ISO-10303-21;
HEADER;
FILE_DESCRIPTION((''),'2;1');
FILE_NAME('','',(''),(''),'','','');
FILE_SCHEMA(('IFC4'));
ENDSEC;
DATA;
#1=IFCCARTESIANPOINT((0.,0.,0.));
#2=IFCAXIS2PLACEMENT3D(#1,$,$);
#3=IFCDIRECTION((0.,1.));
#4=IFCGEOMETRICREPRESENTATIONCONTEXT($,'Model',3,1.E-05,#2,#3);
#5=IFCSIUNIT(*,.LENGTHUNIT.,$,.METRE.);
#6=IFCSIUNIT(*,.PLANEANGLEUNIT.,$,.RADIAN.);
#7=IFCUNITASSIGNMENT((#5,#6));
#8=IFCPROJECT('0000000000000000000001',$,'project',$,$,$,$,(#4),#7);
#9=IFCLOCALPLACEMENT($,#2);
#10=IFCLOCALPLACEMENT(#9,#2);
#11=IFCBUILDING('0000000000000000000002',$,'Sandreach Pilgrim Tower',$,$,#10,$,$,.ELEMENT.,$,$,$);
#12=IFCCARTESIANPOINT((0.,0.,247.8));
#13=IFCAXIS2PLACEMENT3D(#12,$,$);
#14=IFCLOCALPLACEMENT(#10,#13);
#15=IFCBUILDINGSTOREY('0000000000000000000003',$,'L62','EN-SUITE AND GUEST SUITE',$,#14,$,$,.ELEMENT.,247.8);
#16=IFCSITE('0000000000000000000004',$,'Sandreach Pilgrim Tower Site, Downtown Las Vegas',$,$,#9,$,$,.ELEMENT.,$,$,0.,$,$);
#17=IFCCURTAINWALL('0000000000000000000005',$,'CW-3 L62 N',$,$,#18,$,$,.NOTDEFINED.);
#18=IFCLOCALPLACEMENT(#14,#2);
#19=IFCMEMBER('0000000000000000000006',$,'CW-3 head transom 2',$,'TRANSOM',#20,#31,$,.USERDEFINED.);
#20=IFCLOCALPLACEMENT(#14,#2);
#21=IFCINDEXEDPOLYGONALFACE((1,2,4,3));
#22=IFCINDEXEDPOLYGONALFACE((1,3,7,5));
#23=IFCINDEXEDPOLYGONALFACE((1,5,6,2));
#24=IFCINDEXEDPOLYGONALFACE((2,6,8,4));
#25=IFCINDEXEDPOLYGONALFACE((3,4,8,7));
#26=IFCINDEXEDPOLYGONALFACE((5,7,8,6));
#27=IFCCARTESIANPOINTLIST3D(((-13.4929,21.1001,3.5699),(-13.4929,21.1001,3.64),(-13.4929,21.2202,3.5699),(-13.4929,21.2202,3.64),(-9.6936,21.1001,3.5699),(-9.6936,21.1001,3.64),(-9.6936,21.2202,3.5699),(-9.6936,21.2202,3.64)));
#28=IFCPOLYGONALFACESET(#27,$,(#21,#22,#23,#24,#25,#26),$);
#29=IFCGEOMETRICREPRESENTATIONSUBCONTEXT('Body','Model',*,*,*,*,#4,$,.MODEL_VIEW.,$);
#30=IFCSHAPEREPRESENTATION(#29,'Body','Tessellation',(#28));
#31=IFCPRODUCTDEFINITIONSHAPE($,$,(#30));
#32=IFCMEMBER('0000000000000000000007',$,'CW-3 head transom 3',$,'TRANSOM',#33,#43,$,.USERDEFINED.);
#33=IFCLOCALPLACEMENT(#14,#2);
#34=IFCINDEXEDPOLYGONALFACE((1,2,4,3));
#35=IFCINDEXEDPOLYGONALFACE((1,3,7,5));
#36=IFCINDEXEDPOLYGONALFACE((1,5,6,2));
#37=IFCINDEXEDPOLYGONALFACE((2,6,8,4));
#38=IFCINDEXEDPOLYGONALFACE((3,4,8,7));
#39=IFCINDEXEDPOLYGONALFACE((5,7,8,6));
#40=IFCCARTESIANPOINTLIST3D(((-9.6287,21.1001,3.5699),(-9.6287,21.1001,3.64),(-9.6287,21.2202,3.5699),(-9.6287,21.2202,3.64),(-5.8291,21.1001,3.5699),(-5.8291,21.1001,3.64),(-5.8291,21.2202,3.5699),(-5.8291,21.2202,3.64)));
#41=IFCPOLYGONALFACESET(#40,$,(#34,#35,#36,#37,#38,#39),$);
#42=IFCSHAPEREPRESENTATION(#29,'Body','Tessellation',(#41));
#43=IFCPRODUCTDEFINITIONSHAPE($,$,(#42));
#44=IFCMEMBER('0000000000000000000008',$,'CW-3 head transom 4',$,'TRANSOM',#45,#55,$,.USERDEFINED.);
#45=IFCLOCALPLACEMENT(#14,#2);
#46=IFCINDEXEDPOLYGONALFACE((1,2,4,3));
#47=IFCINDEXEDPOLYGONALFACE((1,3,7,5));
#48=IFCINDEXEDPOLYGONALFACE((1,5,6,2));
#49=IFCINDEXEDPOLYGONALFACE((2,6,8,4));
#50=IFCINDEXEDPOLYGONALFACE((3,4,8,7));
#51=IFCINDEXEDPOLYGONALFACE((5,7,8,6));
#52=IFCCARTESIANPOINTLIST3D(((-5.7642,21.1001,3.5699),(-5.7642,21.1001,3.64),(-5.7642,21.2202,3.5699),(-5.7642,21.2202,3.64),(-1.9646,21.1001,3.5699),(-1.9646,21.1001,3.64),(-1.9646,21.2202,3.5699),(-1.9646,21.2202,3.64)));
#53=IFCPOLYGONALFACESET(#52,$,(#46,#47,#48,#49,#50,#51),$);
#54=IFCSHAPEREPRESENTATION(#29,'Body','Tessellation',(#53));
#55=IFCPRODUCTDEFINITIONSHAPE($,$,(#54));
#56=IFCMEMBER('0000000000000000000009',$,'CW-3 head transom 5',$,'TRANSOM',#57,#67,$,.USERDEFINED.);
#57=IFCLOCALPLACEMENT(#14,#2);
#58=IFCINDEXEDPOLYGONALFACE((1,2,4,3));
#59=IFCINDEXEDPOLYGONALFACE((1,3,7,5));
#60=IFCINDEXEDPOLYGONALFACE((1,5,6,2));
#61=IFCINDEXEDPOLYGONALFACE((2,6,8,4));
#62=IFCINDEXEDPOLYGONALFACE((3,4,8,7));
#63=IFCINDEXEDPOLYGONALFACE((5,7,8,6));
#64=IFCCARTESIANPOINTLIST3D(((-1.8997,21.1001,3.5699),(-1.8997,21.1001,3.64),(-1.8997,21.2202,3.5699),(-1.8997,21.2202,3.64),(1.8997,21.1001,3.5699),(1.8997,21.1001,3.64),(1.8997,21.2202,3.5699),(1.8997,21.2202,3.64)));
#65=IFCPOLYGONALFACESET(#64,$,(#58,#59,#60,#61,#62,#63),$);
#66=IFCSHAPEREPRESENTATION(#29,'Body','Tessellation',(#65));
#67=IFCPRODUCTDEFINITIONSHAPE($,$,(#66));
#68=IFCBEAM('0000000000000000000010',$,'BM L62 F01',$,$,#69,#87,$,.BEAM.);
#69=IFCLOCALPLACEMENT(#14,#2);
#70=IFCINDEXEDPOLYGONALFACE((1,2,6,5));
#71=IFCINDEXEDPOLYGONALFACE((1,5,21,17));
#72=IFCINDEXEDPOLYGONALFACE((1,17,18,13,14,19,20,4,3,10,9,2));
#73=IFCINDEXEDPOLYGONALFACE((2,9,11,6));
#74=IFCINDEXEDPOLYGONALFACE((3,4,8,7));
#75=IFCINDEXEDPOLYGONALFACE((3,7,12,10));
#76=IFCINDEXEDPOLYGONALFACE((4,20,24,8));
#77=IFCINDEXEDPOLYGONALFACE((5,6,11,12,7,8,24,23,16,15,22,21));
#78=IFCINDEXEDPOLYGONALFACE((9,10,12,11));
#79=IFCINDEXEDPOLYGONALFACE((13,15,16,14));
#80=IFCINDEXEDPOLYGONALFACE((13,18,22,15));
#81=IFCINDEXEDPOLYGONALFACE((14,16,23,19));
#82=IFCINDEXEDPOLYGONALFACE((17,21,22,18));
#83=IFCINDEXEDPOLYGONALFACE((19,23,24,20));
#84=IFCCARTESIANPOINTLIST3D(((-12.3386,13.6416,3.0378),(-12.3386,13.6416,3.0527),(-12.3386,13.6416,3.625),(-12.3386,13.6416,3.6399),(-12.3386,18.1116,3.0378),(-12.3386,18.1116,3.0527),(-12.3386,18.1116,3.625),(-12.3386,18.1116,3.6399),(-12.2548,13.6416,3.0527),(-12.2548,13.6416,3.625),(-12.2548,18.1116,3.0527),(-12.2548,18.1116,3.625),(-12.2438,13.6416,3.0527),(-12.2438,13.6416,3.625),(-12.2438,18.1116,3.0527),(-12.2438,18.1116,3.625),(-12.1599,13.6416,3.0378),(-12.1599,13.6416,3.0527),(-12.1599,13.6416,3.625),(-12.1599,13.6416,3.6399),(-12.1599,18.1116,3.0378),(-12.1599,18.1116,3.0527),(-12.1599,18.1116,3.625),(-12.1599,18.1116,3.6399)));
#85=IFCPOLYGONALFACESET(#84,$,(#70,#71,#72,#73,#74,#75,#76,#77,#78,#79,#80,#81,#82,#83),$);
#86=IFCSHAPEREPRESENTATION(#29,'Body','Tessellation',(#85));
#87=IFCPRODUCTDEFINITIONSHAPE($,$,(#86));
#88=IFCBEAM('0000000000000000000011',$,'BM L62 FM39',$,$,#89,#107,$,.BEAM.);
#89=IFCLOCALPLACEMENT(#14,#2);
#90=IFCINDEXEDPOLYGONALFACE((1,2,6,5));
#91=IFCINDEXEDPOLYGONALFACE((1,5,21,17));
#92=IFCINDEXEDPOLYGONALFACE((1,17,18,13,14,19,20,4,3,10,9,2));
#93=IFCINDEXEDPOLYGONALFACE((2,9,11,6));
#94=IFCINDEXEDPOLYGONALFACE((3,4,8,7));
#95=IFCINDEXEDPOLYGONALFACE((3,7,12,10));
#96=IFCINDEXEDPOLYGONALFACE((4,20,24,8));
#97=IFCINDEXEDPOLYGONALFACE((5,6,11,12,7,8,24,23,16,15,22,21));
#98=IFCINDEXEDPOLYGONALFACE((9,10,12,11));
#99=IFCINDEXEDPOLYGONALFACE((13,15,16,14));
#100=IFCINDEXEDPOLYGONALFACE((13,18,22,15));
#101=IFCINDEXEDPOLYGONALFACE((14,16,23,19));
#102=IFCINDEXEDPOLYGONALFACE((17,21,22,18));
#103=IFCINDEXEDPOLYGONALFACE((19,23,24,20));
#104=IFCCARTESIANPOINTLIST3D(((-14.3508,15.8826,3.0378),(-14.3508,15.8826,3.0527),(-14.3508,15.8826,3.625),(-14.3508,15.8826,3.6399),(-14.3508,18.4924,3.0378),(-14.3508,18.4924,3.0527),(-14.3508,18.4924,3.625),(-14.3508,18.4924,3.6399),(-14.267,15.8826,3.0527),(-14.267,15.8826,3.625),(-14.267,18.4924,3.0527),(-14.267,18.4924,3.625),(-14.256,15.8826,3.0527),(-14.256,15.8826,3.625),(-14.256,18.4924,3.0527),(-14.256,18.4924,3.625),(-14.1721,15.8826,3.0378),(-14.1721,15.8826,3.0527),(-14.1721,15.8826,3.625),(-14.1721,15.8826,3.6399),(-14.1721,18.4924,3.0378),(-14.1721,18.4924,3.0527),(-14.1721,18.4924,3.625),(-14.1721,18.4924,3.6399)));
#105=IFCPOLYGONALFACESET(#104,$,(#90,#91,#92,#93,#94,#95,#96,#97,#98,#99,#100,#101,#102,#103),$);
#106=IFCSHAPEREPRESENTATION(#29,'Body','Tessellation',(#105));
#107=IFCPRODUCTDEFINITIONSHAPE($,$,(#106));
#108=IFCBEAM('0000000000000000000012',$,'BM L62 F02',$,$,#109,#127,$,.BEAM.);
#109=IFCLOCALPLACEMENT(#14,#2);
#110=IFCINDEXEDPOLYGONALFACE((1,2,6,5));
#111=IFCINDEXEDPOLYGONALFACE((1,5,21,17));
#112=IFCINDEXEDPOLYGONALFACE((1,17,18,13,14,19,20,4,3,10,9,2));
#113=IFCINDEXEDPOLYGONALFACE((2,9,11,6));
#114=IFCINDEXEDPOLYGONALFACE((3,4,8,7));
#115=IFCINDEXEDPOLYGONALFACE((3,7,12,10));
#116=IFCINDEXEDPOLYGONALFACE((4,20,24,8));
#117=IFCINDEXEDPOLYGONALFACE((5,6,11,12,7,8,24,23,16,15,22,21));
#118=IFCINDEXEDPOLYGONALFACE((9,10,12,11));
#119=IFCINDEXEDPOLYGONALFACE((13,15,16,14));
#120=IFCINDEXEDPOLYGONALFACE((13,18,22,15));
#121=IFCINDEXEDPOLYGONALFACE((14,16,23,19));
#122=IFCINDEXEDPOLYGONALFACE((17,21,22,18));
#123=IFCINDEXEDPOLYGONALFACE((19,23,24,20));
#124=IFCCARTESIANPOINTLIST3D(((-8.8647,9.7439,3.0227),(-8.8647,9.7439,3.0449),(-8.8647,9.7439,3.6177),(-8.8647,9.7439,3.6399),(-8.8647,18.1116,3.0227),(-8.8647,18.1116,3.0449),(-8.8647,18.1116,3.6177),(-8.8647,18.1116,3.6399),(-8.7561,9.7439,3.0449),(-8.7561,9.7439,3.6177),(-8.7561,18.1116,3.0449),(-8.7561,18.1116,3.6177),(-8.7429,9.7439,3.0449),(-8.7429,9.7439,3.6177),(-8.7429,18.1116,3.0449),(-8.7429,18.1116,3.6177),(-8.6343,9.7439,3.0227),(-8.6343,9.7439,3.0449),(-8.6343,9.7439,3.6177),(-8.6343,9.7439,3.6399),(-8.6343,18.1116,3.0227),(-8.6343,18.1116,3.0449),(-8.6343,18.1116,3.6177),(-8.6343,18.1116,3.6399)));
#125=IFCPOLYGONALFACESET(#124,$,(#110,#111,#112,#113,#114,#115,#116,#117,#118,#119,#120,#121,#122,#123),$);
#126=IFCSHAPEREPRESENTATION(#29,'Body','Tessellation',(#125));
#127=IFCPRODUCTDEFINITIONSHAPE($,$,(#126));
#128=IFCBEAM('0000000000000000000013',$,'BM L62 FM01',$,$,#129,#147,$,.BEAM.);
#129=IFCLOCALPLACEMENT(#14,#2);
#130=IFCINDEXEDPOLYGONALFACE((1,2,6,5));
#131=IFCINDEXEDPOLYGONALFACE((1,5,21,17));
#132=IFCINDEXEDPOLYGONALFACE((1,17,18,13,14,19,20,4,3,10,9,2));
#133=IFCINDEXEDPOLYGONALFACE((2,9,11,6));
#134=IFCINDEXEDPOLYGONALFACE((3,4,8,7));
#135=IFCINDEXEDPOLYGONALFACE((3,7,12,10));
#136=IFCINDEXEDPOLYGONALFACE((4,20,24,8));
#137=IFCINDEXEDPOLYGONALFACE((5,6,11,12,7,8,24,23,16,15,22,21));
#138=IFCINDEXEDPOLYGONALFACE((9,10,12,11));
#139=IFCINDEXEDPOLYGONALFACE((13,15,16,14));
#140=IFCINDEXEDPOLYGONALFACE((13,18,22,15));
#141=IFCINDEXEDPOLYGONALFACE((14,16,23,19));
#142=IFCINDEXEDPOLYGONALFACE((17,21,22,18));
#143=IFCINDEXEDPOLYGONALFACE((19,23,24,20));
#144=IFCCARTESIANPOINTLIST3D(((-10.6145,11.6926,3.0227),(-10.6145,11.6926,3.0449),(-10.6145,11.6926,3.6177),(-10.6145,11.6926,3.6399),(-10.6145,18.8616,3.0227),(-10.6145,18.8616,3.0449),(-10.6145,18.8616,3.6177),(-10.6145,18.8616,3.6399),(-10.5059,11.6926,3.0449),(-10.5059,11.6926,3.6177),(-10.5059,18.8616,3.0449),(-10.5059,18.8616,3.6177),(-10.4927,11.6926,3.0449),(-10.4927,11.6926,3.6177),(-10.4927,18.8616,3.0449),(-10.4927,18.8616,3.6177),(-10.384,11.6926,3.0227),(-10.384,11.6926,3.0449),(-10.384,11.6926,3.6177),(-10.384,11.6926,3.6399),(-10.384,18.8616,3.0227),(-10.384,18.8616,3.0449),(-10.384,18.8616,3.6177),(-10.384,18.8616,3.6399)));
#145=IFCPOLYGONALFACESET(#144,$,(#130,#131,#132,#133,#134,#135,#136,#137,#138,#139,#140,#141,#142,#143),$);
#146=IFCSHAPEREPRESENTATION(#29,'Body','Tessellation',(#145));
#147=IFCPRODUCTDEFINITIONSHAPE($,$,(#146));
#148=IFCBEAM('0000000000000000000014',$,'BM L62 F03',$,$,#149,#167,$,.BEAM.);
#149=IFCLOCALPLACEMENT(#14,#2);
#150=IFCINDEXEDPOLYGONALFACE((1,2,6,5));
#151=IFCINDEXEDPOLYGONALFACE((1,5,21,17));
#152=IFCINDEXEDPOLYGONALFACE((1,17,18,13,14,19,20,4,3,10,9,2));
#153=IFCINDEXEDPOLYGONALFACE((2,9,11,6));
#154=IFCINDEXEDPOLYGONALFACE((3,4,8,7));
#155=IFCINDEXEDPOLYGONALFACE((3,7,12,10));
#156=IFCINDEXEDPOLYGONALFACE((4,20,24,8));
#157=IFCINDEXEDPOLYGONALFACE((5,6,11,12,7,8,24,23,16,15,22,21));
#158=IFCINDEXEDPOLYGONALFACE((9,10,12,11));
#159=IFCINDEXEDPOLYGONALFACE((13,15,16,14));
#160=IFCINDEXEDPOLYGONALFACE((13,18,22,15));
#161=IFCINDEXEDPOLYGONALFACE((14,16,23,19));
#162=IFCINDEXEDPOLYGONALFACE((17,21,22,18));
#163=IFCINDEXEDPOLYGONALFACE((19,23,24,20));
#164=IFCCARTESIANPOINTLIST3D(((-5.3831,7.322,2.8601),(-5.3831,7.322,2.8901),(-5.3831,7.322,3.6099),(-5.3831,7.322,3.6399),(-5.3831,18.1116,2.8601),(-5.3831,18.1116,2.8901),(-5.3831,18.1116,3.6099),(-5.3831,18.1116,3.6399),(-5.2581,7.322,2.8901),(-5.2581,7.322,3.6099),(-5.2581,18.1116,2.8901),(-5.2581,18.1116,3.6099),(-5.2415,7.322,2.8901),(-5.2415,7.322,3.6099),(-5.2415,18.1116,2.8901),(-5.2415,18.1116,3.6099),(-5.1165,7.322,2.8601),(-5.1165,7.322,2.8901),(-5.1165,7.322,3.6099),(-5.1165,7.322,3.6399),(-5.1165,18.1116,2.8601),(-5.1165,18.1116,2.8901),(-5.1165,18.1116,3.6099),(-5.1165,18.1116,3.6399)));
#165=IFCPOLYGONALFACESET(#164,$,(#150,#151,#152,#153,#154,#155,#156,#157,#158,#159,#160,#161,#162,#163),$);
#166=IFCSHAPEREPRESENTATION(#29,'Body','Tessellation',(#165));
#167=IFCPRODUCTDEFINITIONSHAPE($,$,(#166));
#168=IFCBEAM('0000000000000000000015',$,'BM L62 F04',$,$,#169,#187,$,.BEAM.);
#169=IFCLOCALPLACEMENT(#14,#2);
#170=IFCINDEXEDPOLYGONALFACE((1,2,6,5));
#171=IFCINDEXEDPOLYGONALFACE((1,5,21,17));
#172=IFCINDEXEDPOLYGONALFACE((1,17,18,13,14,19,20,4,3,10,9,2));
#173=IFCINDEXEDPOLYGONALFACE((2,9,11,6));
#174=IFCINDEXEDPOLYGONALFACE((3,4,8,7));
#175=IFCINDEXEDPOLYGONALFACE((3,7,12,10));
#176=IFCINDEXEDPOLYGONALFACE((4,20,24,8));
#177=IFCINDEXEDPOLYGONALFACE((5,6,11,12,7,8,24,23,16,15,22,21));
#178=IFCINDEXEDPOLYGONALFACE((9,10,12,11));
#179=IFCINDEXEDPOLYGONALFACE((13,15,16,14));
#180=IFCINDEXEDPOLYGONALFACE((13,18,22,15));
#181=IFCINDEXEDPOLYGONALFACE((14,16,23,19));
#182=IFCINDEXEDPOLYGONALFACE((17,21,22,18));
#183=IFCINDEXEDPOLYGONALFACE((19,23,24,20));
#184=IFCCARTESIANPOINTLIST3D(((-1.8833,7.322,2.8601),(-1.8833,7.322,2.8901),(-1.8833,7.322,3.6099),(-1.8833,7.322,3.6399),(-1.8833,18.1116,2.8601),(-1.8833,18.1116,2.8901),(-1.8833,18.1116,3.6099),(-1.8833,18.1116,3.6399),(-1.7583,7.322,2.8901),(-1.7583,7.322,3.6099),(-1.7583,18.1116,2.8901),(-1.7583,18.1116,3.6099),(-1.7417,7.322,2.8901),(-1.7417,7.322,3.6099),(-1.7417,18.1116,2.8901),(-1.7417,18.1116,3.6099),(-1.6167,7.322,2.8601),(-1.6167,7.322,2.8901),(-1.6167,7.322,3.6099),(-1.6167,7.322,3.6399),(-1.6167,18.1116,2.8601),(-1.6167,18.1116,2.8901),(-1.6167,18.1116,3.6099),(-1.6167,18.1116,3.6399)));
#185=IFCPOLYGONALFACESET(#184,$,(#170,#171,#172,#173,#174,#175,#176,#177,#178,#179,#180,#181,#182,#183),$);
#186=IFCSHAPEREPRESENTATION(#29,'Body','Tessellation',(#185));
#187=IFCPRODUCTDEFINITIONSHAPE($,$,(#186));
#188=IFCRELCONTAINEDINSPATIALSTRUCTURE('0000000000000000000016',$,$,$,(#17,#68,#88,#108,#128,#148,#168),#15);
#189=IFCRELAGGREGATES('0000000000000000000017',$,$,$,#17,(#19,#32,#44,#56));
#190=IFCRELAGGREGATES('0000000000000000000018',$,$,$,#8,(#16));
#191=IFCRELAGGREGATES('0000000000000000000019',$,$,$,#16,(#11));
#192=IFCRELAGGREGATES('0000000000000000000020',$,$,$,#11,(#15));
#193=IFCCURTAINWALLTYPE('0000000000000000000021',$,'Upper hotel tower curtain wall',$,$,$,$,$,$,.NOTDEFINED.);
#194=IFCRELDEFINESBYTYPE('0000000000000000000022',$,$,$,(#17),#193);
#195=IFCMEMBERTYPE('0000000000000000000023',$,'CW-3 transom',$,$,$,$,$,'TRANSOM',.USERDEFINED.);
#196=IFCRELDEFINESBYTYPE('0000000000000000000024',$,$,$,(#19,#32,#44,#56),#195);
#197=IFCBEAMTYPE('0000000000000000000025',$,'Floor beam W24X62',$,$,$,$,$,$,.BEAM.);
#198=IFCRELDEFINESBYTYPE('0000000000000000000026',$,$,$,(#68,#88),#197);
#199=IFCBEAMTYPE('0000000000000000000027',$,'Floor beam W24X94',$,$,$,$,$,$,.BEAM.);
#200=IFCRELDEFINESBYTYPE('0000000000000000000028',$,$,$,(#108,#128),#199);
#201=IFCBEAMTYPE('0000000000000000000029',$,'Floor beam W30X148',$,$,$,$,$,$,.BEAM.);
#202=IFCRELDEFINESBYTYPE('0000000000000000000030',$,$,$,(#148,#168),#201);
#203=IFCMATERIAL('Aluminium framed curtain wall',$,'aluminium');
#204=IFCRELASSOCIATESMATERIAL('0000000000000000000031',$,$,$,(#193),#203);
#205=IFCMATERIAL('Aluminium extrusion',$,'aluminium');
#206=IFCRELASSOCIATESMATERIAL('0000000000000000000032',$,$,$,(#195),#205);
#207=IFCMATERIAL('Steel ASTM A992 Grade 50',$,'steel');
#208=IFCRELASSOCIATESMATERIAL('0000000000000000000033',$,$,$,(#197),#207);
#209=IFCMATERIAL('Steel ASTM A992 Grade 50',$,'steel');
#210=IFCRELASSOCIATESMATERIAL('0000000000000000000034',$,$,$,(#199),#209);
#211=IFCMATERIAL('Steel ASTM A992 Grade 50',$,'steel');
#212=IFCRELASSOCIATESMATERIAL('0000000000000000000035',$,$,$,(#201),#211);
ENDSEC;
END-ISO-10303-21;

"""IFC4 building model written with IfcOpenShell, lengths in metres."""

from ifc_helpers import new_model, si_unit, direction, frame, origin, origin_2d, place, context, subcontext, project, spatial, rectangle, i_section, extrude, material, material_profile, profile_set, type_object, element, aggregate, save


model = new_model("IFC4")

# Units and contexts
model_context = context("Model", 3, precision=1e-05, world=origin(), true_north=direction((0.0, 1.0)))
body_context = subcontext(model_context, "Body", "Model", "MODEL_VIEW")
ifc_project = project(units=[si_unit("LENGTHUNIT", "METRE"), si_unit("PLANEANGLEUNIT", "RADIAN")], contexts=[model_context])

# Site, building, storey
site_placement = place(None, origin())
site = spatial("IfcSite", under=ifc_project, at=site_placement, Name="Sandreach Pilgrim Tower Site, Downtown Las Vegas", CompositionType="ELEMENT", RefElevation=0.0)
building_placement = place(site_placement, origin())
building = spatial("IfcBuilding", under=site, at=building_placement, Name="Sandreach Pilgrim Tower", CompositionType="ELEMENT")
storey_placement = place(building_placement, frame((0.0, 0.0, 247.8)))
storey = spatial("IfcBuildingStorey", under=building, at=storey_placement, Name="L62", Description="EN-SUITE AND GUEST SUITE", CompositionType="ELEMENT", Elevation=247.8)

# Curtain wall, members
ifc_material_1 = material(Name="Aluminium framed curtain wall", Category="aluminium")
curtain_wall_type = type_object("IfcCurtainWallType", Name="Upper hotel tower curtain wall", PredefinedType="NOTDEFINED", material=ifc_material_1)
curtain_wall_placement = place(storey_placement, origin())
curtain_wall = element("IfcCurtainWall", 1, at=curtain_wall_placement, inside=storey, type_object=curtain_wall_type, Name="CW-3 L62 N", PredefinedType="NOTDEFINED")
ifc_material_2 = material(Name="Aluminium extrusion", Category="aluminium")
ifc_material_profile_1 = material_profile(ifc_material_2, rectangle(XDim=0.1201, YDim=0.0701, at=origin_2d()), Name="CW-3T 120X70")
ifc_profile_set_1 = profile_set([ifc_material_profile_1], Name="Aluminium extrusion")
member_type_1 = type_object("IfcMemberType", Name="CW-3 transom", ElementType="TRANSOM", PredefinedType="USERDEFINED", material=ifc_profile_set_1)
member_1_placement = place(storey_placement, frame((-13.4929, 21.1602, 3.605), z_axis=(1.0, 0.0, 0.0), x_axis=(0.0, 1.0, 0.0)))
member_1 = element("IfcMember", 2, at=member_1_placement, type_object=member_type_1, Name="CW-3 head transom 2", ObjectType="TRANSOM", PredefinedType="USERDEFINED", context=body_context, shape_type="SweptSolid", body=[
    extrude(rectangle(XDim=0.1201, YDim=0.0701, at=origin_2d()), origin(), (0.0, 0.0, 1.0), 3.7993),
])
member_2_placement = place(storey_placement, frame((-9.6287, 21.1602, 3.605), z_axis=(1.0, 0.0, 0.0), x_axis=(0.0, 1.0, 0.0)))
member_2 = element("IfcMember", 3, at=member_2_placement, type_object=member_type_1, Name="CW-3 head transom 3", ObjectType="TRANSOM", PredefinedType="USERDEFINED", context=body_context, shape_type="SweptSolid", body=[
    extrude(rectangle(XDim=0.1201, YDim=0.0701, at=origin_2d()), origin(), (0.0, 0.0, 1.0), 3.7996),
])
member_3_placement = place(storey_placement, frame((-5.7642, 21.1602, 3.605), z_axis=(1.0, 0.0, 0.0), x_axis=(0.0, 1.0, 0.0)))
member_3 = element("IfcMember", 4, at=member_3_placement, type_object=member_type_1, Name="CW-3 head transom 4", ObjectType="TRANSOM", PredefinedType="USERDEFINED", context=body_context, shape_type="SweptSolid", body=[
    extrude(rectangle(XDim=0.1201, YDim=0.0701, at=origin_2d()), origin(), (0.0, 0.0, 1.0), 3.7996),
])
member_4_placement = place(storey_placement, frame((-1.8997, 21.1602, 3.605), z_axis=(1.0, 0.0, 0.0), x_axis=(0.0, 1.0, 0.0)))
member_4 = element("IfcMember", 5, at=member_4_placement, type_object=member_type_1, Name="CW-3 head transom 5", ObjectType="TRANSOM", PredefinedType="USERDEFINED", context=body_context, shape_type="SweptSolid", body=[
    extrude(rectangle(XDim=0.1201, YDim=0.0701, at=origin_2d()), origin(), (0.0, 0.0, 1.0), 3.7993),
])

# Beams
ifc_material_3 = material(Name="Steel ASTM A992 Grade 50", Category="steel")
ifc_material_profile_2 = material_profile(ifc_material_3, i_section(OverallWidth=0.1787, OverallDepth=0.6021, WebThickness=0.011, FlangeThickness=0.0149, at=origin_2d()), Name="W24X62")
ifc_profile_set_2 = profile_set([ifc_material_profile_2], Name="Steel ASTM A992 Grade 50")
beam_type_1 = type_object("IfcBeamType", Name="Floor beam W24X62", PredefinedType="BEAM", material=ifc_profile_set_2)
beam_1_placement = place(storey_placement, frame((-12.2493, 18.1116, 3.3389), z_axis=(0.0, -1.0, 0.0), x_axis=(1.0, 0.0, 0.0)))
element("IfcBeam", 6, at=beam_1_placement, inside=storey, type_object=beam_type_1, Name="BM L62 F01", PredefinedType="BEAM", context=body_context, shape_type="SweptSolid", body=[
    extrude(i_section(OverallWidth=0.1787, OverallDepth=0.6021, WebThickness=0.011, FlangeThickness=0.0149, at=origin_2d()), origin(), (0.0, 0.0, 1.0), 4.47),
])
beam_2_placement = place(storey_placement, frame((-14.2615, 18.4924, 3.3389), z_axis=(0.0, -1.0, 0.0), x_axis=(1.0, 0.0, 0.0)))
element("IfcBeam", 7, at=beam_2_placement, inside=storey, type_object=beam_type_1, Name="BM L62 FM39", PredefinedType="BEAM", context=body_context, shape_type="SweptSolid", body=[
    extrude(i_section(OverallWidth=0.1787, OverallDepth=0.6021, WebThickness=0.011, FlangeThickness=0.0149, at=origin_2d()), origin(), (0.0, 0.0, 1.0), 2.6099),
])
ifc_material_4 = material(Name="Steel ASTM A992 Grade 50", Category="steel")
ifc_material_profile_3 = material_profile(ifc_material_4, i_section(OverallWidth=0.2305, OverallDepth=0.6172, WebThickness=0.0132, FlangeThickness=0.0222, at=origin_2d()), Name="W24X94")
ifc_profile_set_3 = profile_set([ifc_material_profile_3], Name="Steel ASTM A992 Grade 50")
beam_type_2 = type_object("IfcBeamType", Name="Floor beam W24X94", PredefinedType="BEAM", material=ifc_profile_set_3)
beam_3_placement = place(storey_placement, frame((-8.7495, 18.1116, 3.3313), z_axis=(0.0, -1.0, 0.0), x_axis=(1.0, 0.0, 0.0)))
element("IfcBeam", 8, at=beam_3_placement, inside=storey, type_object=beam_type_2, Name="BM L62 F02", PredefinedType="BEAM", context=body_context, shape_type="SweptSolid", body=[
    extrude(i_section(OverallWidth=0.2305, OverallDepth=0.6172, WebThickness=0.0132, FlangeThickness=0.0222, at=origin_2d()), origin(), (0.0, 0.0, 1.0), 8.3677),
])
beam_4_placement = place(storey_placement, frame((-10.4993, 18.8616, 3.3313), z_axis=(0.0, -1.0, 0.0), x_axis=(1.0, 0.0, 0.0)))
element("IfcBeam", 9, at=beam_4_placement, inside=storey, type_object=beam_type_2, Name="BM L62 FM01", PredefinedType="BEAM", context=body_context, shape_type="SweptSolid", body=[
    extrude(i_section(OverallWidth=0.2305, OverallDepth=0.6172, WebThickness=0.0132, FlangeThickness=0.0222, at=origin_2d()), origin(), (0.0, 0.0, 1.0), 7.1689),
])
ifc_material_5 = material(Name="Steel ASTM A992 Grade 50", Category="steel")
ifc_material_profile_4 = material_profile(ifc_material_5, i_section(OverallWidth=0.2666, OverallDepth=0.7798, WebThickness=0.0166, FlangeThickness=0.03, at=origin_2d()), Name="W30X148")
ifc_profile_set_4 = profile_set([ifc_material_profile_4], Name="Steel ASTM A992 Grade 50")
beam_type_3 = type_object("IfcBeamType", Name="Floor beam W30X148", PredefinedType="BEAM", material=ifc_profile_set_4)
for number, where, z_axis, x_axis, name in (
    (10, (-5.2498, 18.1116, 3.25), (0.0, -1.0, 0.0), (1.0, 0.0, 0.0), "BM L62 F03"),
    (11, (-1.75, 18.1116, 3.25), (0.0, -1.0, 0.0), (1.0, 0.0, 0.0), "BM L62 F04"),
):
    element("IfcBeam", number, at=place(storey_placement, frame(where, z_axis=z_axis, x_axis=x_axis)), inside=storey, type_object=beam_type_3, Name=name, PredefinedType="BEAM", context=body_context, shape_type="SweptSolid", body=[
        extrude(i_section(OverallWidth=0.2666, OverallDepth=0.7798, WebThickness=0.0166, FlangeThickness=0.03, at=origin_2d()), origin(), (0.0, 0.0, 1.0), 10.7896),
    ])

aggregate(curtain_wall, [member_1, member_2, member_3, member_4])

save(model, "model.ifc")
